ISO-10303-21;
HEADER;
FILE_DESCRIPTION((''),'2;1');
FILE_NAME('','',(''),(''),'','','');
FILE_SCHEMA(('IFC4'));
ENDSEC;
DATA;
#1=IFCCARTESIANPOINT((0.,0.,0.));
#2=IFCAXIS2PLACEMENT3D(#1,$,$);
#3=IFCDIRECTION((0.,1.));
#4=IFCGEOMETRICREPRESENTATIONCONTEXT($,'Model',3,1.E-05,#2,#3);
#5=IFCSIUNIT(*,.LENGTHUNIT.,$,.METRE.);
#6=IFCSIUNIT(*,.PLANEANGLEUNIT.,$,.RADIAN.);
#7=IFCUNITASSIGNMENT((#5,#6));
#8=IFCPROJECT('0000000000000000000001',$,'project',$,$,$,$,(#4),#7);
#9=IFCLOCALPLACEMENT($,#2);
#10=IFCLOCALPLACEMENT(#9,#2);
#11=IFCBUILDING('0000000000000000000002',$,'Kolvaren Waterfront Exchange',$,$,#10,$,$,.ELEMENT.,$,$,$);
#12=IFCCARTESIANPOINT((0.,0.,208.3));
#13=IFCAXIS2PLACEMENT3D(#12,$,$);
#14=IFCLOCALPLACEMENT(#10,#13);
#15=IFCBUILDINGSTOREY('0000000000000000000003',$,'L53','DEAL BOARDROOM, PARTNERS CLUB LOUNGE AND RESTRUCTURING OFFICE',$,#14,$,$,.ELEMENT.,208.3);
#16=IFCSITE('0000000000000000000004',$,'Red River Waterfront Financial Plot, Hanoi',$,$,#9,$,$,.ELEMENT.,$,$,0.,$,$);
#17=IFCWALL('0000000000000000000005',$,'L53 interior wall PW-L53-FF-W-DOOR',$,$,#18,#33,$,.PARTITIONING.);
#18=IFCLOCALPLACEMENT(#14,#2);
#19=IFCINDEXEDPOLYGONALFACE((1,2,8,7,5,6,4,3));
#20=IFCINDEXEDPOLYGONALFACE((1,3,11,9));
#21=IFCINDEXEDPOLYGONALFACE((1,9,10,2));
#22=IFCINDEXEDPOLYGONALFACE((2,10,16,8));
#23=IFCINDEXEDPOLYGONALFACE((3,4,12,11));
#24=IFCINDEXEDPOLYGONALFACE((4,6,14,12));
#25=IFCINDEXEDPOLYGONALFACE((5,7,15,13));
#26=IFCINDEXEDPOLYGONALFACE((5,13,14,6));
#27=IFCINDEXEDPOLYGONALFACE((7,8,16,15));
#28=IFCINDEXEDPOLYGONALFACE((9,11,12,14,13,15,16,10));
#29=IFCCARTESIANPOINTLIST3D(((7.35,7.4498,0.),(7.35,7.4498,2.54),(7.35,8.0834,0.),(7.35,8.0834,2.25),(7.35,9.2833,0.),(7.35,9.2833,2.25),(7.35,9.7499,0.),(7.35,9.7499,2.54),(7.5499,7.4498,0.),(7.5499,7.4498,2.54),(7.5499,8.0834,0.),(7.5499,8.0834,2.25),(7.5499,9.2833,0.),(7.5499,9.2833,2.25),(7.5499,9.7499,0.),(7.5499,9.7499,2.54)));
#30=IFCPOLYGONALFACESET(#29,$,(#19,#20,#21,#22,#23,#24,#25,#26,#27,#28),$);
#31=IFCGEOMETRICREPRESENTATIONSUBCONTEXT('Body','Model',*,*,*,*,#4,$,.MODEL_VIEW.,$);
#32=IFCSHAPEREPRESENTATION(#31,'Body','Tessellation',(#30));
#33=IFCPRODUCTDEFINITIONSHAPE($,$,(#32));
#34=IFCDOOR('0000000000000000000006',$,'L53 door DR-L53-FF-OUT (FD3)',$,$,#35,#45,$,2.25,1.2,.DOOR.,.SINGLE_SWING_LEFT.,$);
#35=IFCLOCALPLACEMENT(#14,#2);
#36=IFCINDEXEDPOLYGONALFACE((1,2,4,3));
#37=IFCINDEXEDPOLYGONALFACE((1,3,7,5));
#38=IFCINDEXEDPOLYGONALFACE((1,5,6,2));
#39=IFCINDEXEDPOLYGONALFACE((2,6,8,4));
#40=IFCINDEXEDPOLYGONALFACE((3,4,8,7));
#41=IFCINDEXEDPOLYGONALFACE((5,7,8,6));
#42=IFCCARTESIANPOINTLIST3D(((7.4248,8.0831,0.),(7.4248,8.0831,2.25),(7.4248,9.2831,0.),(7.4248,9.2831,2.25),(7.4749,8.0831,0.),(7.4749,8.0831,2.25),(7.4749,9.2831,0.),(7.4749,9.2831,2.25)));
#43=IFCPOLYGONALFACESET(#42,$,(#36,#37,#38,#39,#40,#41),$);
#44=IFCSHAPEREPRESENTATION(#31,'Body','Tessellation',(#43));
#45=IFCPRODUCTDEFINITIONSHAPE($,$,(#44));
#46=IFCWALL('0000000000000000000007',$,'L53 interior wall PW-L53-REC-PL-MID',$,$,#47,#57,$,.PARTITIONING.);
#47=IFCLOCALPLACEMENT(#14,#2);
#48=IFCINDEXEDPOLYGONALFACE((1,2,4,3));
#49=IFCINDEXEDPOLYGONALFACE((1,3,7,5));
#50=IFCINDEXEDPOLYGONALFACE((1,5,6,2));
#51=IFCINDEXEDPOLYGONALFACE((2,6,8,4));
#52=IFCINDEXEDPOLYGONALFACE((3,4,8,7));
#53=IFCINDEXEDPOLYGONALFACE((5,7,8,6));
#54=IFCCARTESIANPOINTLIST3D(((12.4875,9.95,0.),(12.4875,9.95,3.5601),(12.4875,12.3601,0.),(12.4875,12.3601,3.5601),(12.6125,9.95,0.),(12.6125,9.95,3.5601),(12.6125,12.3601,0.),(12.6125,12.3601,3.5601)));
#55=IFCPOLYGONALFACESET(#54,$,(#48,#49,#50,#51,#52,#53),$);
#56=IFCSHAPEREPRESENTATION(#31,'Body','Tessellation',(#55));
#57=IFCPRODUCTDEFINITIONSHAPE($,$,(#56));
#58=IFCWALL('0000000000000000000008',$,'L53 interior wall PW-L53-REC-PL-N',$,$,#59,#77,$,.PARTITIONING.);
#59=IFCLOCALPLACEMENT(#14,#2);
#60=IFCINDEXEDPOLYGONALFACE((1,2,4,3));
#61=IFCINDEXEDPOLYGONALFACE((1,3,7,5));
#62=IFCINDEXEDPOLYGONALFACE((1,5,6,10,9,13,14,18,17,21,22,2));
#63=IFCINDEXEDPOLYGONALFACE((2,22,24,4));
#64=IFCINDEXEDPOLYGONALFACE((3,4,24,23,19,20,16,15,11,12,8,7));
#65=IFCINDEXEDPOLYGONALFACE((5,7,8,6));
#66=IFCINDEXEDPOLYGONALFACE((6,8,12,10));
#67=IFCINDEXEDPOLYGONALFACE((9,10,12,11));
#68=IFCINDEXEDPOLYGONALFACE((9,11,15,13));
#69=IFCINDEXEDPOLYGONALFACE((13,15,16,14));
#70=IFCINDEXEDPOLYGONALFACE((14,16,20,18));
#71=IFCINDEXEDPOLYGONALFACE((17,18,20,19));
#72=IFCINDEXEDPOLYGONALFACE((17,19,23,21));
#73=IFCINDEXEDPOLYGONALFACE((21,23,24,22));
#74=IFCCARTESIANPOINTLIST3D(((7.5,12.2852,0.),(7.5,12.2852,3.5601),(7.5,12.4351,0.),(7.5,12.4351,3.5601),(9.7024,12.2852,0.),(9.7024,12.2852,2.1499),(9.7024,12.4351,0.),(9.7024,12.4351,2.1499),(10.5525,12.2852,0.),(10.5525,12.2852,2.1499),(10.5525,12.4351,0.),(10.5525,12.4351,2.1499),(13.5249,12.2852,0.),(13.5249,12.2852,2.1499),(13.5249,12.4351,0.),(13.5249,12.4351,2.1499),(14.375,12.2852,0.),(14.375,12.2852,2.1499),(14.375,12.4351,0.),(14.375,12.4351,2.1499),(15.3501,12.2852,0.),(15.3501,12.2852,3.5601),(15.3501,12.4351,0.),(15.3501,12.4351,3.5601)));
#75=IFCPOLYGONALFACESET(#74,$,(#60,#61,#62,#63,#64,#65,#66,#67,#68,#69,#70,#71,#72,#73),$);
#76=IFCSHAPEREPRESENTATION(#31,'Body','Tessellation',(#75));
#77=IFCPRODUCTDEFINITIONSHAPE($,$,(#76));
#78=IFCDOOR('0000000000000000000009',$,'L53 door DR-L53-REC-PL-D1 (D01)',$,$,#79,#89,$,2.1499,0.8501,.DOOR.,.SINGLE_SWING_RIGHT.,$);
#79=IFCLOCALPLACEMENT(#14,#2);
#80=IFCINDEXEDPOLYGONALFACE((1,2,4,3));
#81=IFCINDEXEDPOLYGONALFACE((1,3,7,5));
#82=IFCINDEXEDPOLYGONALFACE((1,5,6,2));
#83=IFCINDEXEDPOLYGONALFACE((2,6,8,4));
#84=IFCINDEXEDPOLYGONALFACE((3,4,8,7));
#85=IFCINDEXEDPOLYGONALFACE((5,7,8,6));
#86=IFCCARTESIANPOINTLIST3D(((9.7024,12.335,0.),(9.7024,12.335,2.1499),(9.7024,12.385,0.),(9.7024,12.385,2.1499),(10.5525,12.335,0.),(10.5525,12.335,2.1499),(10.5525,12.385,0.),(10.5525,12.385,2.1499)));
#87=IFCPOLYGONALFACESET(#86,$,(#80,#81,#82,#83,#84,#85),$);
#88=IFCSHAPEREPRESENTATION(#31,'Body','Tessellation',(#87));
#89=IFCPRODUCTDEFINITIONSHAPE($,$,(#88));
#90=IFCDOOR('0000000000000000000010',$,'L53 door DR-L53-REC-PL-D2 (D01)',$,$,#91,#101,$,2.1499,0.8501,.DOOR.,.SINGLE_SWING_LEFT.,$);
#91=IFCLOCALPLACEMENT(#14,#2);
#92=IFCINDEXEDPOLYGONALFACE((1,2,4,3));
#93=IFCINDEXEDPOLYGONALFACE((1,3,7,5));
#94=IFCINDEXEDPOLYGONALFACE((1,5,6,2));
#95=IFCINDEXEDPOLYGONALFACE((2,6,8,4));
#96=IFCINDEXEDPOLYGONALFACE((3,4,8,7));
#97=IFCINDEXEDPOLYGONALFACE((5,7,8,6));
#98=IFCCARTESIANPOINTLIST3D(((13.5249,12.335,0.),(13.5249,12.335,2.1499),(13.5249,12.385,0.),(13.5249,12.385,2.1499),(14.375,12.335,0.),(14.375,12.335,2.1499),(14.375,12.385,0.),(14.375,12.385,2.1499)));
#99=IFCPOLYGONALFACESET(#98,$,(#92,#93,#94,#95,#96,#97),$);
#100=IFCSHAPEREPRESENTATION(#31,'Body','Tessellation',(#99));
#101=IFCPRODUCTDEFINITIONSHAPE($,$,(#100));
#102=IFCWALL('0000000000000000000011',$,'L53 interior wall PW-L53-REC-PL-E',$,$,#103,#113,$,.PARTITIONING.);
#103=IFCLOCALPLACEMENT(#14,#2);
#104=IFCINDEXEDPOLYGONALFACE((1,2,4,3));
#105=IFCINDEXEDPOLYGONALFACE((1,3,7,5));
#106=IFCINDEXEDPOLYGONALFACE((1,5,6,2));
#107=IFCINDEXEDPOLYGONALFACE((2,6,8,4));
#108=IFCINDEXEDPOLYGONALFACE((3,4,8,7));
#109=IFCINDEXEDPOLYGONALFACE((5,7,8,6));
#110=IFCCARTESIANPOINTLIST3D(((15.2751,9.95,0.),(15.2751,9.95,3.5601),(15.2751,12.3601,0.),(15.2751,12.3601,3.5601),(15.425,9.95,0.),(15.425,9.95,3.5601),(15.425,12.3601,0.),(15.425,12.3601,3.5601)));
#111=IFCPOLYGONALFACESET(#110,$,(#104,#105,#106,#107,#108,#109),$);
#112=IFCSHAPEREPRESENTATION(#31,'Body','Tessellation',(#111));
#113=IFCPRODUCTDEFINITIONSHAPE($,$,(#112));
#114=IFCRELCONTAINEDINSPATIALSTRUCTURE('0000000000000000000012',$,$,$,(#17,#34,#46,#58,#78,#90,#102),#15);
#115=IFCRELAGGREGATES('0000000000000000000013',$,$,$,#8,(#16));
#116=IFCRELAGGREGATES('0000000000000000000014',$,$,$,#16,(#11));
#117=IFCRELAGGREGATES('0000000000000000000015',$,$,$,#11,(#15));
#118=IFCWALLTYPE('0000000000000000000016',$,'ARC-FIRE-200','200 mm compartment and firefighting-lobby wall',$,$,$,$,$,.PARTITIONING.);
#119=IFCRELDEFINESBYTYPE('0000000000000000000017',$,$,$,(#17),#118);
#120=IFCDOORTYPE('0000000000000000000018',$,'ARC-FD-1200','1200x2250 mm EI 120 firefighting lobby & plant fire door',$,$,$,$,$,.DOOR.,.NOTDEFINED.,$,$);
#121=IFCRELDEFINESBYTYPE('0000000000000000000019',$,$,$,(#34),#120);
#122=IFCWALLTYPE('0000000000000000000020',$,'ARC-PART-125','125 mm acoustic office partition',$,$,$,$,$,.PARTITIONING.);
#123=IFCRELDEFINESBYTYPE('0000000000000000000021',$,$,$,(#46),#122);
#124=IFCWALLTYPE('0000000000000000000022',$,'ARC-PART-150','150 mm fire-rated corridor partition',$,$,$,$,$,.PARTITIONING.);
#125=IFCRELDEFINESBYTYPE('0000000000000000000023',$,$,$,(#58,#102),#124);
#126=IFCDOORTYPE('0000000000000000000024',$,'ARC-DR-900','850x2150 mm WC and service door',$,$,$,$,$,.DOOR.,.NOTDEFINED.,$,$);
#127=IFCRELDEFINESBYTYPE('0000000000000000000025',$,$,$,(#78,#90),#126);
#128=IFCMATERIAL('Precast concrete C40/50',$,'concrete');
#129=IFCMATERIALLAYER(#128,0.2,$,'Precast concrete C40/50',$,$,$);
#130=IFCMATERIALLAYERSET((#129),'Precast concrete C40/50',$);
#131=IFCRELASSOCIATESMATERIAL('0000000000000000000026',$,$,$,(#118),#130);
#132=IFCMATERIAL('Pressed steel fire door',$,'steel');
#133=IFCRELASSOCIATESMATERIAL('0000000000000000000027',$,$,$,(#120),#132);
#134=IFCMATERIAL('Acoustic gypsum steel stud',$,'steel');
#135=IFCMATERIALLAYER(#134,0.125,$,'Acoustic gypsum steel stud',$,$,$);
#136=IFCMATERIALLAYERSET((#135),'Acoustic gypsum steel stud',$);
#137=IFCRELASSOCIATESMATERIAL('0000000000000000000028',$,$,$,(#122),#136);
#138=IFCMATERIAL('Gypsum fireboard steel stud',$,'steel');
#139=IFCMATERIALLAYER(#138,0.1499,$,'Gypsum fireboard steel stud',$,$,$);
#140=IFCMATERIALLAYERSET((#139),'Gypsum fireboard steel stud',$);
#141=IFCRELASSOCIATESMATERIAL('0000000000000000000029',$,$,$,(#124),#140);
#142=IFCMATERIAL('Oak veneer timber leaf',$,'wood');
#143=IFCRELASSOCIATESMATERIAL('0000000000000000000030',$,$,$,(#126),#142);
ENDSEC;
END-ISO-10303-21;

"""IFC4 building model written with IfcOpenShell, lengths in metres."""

from ifc_helpers import new_model, si_unit, direction, frame, frame_2d, origin, place, context, subcontext, project, spatial, rectangle, extrude, material, layer, layer_set, type_object, element, fill, save


model = new_model("IFC4")

# Units and contexts
model_context = context("Model", 3, precision=1e-05, world=origin(), true_north=direction((0.0, 1.0)))
body_context = subcontext(model_context, "Body", "Model", "MODEL_VIEW")
ifc_project = project(units=[si_unit("LENGTHUNIT", "METRE"), si_unit("PLANEANGLEUNIT", "RADIAN")], contexts=[model_context])

# Site, building, storey
site_placement = place(None, origin())
site = spatial("IfcSite", under=ifc_project, at=site_placement, Name="Red River Waterfront Financial Plot, Hanoi", CompositionType="ELEMENT", RefElevation=0.0)
building_placement = place(site_placement, origin())
building = spatial("IfcBuilding", under=site, at=building_placement, Name="Kolvaren Waterfront Exchange", CompositionType="ELEMENT")
storey_placement = place(building_placement, frame((0.0, 0.0, 208.3)))
storey = spatial("IfcBuildingStorey", under=building, at=storey_placement, Name="L53", Description="DEAL BOARDROOM, PARTNERS CLUB LOUNGE AND RESTRUCTURING OFFICE", CompositionType="ELEMENT", Elevation=208.3)

# Shared definitions
ifc_material_1 = material(Name="Precast concrete C40/50", Category="concrete")
ifc_layer_1 = layer(ifc_material_1, 0.2, Name="Precast concrete C40/50")
ifc_layer_set_1 = layer_set([ifc_layer_1], Name="Precast concrete C40/50")
wall_type_1 = type_object("IfcWallType", Name="ARC-FIRE-200", Description="200 mm compartment and firefighting-lobby wall", PredefinedType="PARTITIONING", material=ifc_layer_set_1)

# Wall, opening, door
wall_1_placement = place(storey_placement, frame((7.45, 7.45, 0.0), z_axis=(0.0, 0.0, 1.0), x_axis=(0.0, 1.0, 0.0)))
wall_1 = element("IfcWall", 1, at=wall_1_placement, inside=storey, type_object=wall_type_1, Name="L53 interior wall PW-L53-FF-W-DOOR", PredefinedType="PARTITIONING", context=body_context, shape_type="SweptSolid", body=[
    extrude(rectangle(XDim=2.3, YDim=0.2, at=frame_2d((1.1499, 0.0))), origin(), (0.0, 0.0, 1.0), 2.54),
])
opening_1_placement = place(wall_1_placement, frame((0.6333, 0.0, 0.0)))
opening_1 = element("IfcOpeningElement", 2, at=opening_1_placement, cuts=wall_1, PredefinedType="OPENING", context=body_context, shape_type="SweptSolid", body=[
    extrude(rectangle(XDim=1.2, YDim=2.25, at=frame_2d((0.6001, 1.125))), frame((0.0, 0.1099, 0.0), z_axis=(0.0, -1.0, 0.0), x_axis=(1.0, 0.0, 0.0)), (0.0, 0.0, 1.0), 0.22),
])
ifc_material_2 = material(Name="Pressed steel fire door", Category="steel")
door_type_1 = type_object("IfcDoorType", Name="ARC-FD-1200", Description="1200x2250 mm EI 120 firefighting lobby & plant fire door", OperationType="NOTDEFINED", PredefinedType="DOOR", material=ifc_material_2)
door_1_placement = place(opening_1_placement, frame((1.2, 0.0, 0.0), z_axis=(0.0, 0.0, 1.0), x_axis=(-1.0, 0.0, 0.0)))
door_1 = element("IfcDoor", 3, at=door_1_placement, inside=storey, type_object=door_type_1, Name="L53 door DR-L53-FF-OUT (FD3)", OperationType="SINGLE_SWING_LEFT", OverallHeight=2.25, OverallWidth=1.2, PredefinedType="DOOR", context=body_context, shape_type="SweptSolid", body=[
    extrude(rectangle(XDim=1.2, YDim=2.25, at=frame_2d((0.6001, 1.125))), frame((0.0, 0.0249, 0.0), z_axis=(0.0, -1.0, 0.0), x_axis=(1.0, 0.0, 0.0)), (0.0, 0.0, 1.0), 0.05),
])
fill(opening_1, door_1)

# Wall
ifc_material_3 = material(Name="Acoustic gypsum steel stud", Category="steel")
ifc_layer_2 = layer(ifc_material_3, 0.125, Name="Acoustic gypsum steel stud")
ifc_layer_set_2 = layer_set([ifc_layer_2], Name="Acoustic gypsum steel stud")
wall_type_2 = type_object("IfcWallType", Name="ARC-PART-125", Description="125 mm acoustic office partition", PredefinedType="PARTITIONING", material=ifc_layer_set_2)
wall_2_placement = place(storey_placement, frame((12.55, 9.95, 0.0), z_axis=(0.0, 0.0, 1.0), x_axis=(0.0, 1.0, 0.0)))
element("IfcWall", 4, at=wall_2_placement, inside=storey, type_object=wall_type_2, Name="L53 interior wall PW-L53-REC-PL-MID", PredefinedType="PARTITIONING", context=body_context, shape_type="SweptSolid", body=[
    extrude(rectangle(XDim=2.4102, YDim=0.125, at=frame_2d((1.2051, 0.0))), origin(), (0.0, 0.0, 1.0), 3.5601),
])

# Wall, openings, doors
ifc_material_4 = material(Name="Gypsum fireboard steel stud", Category="steel")
ifc_layer_3 = layer(ifc_material_4, 0.1499, Name="Gypsum fireboard steel stud")
ifc_layer_set_3 = layer_set([ifc_layer_3], Name="Gypsum fireboard steel stud")
wall_type_3 = type_object("IfcWallType", Name="ARC-PART-150", Description="150 mm fire-rated corridor partition", PredefinedType="PARTITIONING", material=ifc_layer_set_3)
wall_3_placement = place(storey_placement, frame((7.5, 12.3601, 0.0), z_axis=(0.0, 0.0, 1.0), x_axis=(1.0, 0.0, 0.0)))
wall_3 = element("IfcWall", 5, at=wall_3_placement, inside=storey, type_object=wall_type_3, Name="L53 interior wall PW-L53-REC-PL-N", PredefinedType="PARTITIONING", context=body_context, shape_type="SweptSolid", body=[
    extrude(rectangle(XDim=7.8501, YDim=0.1499, at=frame_2d((3.925, 0.0))), origin(), (0.0, 0.0, 1.0), 3.5601),
])
opening_2_placement = place(wall_3_placement, frame((2.2024, 0.0, 0.0)))
opening_2 = element("IfcOpeningElement", 6, at=opening_2_placement, cuts=wall_3, PredefinedType="OPENING", context=body_context, shape_type="SweptSolid", body=[
    extrude(rectangle(XDim=0.8501, YDim=2.1499, at=frame_2d((0.425, 1.075))), frame((0.0, 0.085, 0.0), z_axis=(0.0, -1.0, 0.0), x_axis=(1.0, 0.0, 0.0)), (0.0, 0.0, 1.0), 0.1699),
])
opening_3_placement = place(wall_3_placement, frame((6.0249, 0.0, 0.0)))
opening_3 = element("IfcOpeningElement", 7, at=opening_3_placement, cuts=wall_3, PredefinedType="OPENING", context=body_context, shape_type="SweptSolid", body=[
    extrude(rectangle(XDim=0.8501, YDim=2.1499, at=frame_2d((0.425, 1.075))), frame((0.0, 0.085, 0.0), z_axis=(0.0, -1.0, 0.0), x_axis=(1.0, 0.0, 0.0)), (0.0, 0.0, 1.0), 0.1699),
])
ifc_material_5 = material(Name="Oak veneer timber leaf", Category="wood")
door_type_2 = type_object("IfcDoorType", Name="ARC-DR-900", Description="850x2150 mm WC and service door", OperationType="NOTDEFINED", PredefinedType="DOOR", material=ifc_material_5)
door_2_placement = place(opening_2_placement, origin())
door_2 = element("IfcDoor", 8, at=door_2_placement, inside=storey, type_object=door_type_2, Name="L53 door DR-L53-REC-PL-D1 (D01)", OperationType="SINGLE_SWING_RIGHT", OverallHeight=2.1499, OverallWidth=0.8501, PredefinedType="DOOR", context=body_context, shape_type="SweptSolid", body=[
    extrude(rectangle(XDim=0.8501, YDim=2.1499, at=frame_2d((0.425, 1.075))), frame((0.0, 0.0249, 0.0), z_axis=(0.0, -1.0, 0.0), x_axis=(1.0, 0.0, 0.0)), (0.0, 0.0, 1.0), 0.05),
])
fill(opening_2, door_2)
door_3_placement = place(opening_3_placement, origin())
door_3 = element("IfcDoor", 9, at=door_3_placement, inside=storey, type_object=door_type_2, Name="L53 door DR-L53-REC-PL-D2 (D01)", OperationType="SINGLE_SWING_LEFT", OverallHeight=2.1499, OverallWidth=0.8501, PredefinedType="DOOR", context=body_context, shape_type="SweptSolid", body=[
    extrude(rectangle(XDim=0.8501, YDim=2.1499, at=frame_2d((0.425, 1.075))), frame((0.0, 0.0249, 0.0), z_axis=(0.0, -1.0, 0.0), x_axis=(1.0, 0.0, 0.0)), (0.0, 0.0, 1.0), 0.05),
])
fill(opening_3, door_3)

# Wall
wall_4_placement = place(storey_placement, frame((15.3501, 9.95, 0.0), z_axis=(0.0, 0.0, 1.0), x_axis=(0.0, 1.0, 0.0)))
element("IfcWall", 10, at=wall_4_placement, inside=storey, type_object=wall_type_3, Name="L53 interior wall PW-L53-REC-PL-E", PredefinedType="PARTITIONING", context=body_context, shape_type="SweptSolid", body=[
    extrude(rectangle(XDim=2.4102, YDim=0.1499, at=frame_2d((1.2051, 0.0))), origin(), (0.0, 0.0, 1.0), 3.5601),
])

save(model, "model.ifc")
